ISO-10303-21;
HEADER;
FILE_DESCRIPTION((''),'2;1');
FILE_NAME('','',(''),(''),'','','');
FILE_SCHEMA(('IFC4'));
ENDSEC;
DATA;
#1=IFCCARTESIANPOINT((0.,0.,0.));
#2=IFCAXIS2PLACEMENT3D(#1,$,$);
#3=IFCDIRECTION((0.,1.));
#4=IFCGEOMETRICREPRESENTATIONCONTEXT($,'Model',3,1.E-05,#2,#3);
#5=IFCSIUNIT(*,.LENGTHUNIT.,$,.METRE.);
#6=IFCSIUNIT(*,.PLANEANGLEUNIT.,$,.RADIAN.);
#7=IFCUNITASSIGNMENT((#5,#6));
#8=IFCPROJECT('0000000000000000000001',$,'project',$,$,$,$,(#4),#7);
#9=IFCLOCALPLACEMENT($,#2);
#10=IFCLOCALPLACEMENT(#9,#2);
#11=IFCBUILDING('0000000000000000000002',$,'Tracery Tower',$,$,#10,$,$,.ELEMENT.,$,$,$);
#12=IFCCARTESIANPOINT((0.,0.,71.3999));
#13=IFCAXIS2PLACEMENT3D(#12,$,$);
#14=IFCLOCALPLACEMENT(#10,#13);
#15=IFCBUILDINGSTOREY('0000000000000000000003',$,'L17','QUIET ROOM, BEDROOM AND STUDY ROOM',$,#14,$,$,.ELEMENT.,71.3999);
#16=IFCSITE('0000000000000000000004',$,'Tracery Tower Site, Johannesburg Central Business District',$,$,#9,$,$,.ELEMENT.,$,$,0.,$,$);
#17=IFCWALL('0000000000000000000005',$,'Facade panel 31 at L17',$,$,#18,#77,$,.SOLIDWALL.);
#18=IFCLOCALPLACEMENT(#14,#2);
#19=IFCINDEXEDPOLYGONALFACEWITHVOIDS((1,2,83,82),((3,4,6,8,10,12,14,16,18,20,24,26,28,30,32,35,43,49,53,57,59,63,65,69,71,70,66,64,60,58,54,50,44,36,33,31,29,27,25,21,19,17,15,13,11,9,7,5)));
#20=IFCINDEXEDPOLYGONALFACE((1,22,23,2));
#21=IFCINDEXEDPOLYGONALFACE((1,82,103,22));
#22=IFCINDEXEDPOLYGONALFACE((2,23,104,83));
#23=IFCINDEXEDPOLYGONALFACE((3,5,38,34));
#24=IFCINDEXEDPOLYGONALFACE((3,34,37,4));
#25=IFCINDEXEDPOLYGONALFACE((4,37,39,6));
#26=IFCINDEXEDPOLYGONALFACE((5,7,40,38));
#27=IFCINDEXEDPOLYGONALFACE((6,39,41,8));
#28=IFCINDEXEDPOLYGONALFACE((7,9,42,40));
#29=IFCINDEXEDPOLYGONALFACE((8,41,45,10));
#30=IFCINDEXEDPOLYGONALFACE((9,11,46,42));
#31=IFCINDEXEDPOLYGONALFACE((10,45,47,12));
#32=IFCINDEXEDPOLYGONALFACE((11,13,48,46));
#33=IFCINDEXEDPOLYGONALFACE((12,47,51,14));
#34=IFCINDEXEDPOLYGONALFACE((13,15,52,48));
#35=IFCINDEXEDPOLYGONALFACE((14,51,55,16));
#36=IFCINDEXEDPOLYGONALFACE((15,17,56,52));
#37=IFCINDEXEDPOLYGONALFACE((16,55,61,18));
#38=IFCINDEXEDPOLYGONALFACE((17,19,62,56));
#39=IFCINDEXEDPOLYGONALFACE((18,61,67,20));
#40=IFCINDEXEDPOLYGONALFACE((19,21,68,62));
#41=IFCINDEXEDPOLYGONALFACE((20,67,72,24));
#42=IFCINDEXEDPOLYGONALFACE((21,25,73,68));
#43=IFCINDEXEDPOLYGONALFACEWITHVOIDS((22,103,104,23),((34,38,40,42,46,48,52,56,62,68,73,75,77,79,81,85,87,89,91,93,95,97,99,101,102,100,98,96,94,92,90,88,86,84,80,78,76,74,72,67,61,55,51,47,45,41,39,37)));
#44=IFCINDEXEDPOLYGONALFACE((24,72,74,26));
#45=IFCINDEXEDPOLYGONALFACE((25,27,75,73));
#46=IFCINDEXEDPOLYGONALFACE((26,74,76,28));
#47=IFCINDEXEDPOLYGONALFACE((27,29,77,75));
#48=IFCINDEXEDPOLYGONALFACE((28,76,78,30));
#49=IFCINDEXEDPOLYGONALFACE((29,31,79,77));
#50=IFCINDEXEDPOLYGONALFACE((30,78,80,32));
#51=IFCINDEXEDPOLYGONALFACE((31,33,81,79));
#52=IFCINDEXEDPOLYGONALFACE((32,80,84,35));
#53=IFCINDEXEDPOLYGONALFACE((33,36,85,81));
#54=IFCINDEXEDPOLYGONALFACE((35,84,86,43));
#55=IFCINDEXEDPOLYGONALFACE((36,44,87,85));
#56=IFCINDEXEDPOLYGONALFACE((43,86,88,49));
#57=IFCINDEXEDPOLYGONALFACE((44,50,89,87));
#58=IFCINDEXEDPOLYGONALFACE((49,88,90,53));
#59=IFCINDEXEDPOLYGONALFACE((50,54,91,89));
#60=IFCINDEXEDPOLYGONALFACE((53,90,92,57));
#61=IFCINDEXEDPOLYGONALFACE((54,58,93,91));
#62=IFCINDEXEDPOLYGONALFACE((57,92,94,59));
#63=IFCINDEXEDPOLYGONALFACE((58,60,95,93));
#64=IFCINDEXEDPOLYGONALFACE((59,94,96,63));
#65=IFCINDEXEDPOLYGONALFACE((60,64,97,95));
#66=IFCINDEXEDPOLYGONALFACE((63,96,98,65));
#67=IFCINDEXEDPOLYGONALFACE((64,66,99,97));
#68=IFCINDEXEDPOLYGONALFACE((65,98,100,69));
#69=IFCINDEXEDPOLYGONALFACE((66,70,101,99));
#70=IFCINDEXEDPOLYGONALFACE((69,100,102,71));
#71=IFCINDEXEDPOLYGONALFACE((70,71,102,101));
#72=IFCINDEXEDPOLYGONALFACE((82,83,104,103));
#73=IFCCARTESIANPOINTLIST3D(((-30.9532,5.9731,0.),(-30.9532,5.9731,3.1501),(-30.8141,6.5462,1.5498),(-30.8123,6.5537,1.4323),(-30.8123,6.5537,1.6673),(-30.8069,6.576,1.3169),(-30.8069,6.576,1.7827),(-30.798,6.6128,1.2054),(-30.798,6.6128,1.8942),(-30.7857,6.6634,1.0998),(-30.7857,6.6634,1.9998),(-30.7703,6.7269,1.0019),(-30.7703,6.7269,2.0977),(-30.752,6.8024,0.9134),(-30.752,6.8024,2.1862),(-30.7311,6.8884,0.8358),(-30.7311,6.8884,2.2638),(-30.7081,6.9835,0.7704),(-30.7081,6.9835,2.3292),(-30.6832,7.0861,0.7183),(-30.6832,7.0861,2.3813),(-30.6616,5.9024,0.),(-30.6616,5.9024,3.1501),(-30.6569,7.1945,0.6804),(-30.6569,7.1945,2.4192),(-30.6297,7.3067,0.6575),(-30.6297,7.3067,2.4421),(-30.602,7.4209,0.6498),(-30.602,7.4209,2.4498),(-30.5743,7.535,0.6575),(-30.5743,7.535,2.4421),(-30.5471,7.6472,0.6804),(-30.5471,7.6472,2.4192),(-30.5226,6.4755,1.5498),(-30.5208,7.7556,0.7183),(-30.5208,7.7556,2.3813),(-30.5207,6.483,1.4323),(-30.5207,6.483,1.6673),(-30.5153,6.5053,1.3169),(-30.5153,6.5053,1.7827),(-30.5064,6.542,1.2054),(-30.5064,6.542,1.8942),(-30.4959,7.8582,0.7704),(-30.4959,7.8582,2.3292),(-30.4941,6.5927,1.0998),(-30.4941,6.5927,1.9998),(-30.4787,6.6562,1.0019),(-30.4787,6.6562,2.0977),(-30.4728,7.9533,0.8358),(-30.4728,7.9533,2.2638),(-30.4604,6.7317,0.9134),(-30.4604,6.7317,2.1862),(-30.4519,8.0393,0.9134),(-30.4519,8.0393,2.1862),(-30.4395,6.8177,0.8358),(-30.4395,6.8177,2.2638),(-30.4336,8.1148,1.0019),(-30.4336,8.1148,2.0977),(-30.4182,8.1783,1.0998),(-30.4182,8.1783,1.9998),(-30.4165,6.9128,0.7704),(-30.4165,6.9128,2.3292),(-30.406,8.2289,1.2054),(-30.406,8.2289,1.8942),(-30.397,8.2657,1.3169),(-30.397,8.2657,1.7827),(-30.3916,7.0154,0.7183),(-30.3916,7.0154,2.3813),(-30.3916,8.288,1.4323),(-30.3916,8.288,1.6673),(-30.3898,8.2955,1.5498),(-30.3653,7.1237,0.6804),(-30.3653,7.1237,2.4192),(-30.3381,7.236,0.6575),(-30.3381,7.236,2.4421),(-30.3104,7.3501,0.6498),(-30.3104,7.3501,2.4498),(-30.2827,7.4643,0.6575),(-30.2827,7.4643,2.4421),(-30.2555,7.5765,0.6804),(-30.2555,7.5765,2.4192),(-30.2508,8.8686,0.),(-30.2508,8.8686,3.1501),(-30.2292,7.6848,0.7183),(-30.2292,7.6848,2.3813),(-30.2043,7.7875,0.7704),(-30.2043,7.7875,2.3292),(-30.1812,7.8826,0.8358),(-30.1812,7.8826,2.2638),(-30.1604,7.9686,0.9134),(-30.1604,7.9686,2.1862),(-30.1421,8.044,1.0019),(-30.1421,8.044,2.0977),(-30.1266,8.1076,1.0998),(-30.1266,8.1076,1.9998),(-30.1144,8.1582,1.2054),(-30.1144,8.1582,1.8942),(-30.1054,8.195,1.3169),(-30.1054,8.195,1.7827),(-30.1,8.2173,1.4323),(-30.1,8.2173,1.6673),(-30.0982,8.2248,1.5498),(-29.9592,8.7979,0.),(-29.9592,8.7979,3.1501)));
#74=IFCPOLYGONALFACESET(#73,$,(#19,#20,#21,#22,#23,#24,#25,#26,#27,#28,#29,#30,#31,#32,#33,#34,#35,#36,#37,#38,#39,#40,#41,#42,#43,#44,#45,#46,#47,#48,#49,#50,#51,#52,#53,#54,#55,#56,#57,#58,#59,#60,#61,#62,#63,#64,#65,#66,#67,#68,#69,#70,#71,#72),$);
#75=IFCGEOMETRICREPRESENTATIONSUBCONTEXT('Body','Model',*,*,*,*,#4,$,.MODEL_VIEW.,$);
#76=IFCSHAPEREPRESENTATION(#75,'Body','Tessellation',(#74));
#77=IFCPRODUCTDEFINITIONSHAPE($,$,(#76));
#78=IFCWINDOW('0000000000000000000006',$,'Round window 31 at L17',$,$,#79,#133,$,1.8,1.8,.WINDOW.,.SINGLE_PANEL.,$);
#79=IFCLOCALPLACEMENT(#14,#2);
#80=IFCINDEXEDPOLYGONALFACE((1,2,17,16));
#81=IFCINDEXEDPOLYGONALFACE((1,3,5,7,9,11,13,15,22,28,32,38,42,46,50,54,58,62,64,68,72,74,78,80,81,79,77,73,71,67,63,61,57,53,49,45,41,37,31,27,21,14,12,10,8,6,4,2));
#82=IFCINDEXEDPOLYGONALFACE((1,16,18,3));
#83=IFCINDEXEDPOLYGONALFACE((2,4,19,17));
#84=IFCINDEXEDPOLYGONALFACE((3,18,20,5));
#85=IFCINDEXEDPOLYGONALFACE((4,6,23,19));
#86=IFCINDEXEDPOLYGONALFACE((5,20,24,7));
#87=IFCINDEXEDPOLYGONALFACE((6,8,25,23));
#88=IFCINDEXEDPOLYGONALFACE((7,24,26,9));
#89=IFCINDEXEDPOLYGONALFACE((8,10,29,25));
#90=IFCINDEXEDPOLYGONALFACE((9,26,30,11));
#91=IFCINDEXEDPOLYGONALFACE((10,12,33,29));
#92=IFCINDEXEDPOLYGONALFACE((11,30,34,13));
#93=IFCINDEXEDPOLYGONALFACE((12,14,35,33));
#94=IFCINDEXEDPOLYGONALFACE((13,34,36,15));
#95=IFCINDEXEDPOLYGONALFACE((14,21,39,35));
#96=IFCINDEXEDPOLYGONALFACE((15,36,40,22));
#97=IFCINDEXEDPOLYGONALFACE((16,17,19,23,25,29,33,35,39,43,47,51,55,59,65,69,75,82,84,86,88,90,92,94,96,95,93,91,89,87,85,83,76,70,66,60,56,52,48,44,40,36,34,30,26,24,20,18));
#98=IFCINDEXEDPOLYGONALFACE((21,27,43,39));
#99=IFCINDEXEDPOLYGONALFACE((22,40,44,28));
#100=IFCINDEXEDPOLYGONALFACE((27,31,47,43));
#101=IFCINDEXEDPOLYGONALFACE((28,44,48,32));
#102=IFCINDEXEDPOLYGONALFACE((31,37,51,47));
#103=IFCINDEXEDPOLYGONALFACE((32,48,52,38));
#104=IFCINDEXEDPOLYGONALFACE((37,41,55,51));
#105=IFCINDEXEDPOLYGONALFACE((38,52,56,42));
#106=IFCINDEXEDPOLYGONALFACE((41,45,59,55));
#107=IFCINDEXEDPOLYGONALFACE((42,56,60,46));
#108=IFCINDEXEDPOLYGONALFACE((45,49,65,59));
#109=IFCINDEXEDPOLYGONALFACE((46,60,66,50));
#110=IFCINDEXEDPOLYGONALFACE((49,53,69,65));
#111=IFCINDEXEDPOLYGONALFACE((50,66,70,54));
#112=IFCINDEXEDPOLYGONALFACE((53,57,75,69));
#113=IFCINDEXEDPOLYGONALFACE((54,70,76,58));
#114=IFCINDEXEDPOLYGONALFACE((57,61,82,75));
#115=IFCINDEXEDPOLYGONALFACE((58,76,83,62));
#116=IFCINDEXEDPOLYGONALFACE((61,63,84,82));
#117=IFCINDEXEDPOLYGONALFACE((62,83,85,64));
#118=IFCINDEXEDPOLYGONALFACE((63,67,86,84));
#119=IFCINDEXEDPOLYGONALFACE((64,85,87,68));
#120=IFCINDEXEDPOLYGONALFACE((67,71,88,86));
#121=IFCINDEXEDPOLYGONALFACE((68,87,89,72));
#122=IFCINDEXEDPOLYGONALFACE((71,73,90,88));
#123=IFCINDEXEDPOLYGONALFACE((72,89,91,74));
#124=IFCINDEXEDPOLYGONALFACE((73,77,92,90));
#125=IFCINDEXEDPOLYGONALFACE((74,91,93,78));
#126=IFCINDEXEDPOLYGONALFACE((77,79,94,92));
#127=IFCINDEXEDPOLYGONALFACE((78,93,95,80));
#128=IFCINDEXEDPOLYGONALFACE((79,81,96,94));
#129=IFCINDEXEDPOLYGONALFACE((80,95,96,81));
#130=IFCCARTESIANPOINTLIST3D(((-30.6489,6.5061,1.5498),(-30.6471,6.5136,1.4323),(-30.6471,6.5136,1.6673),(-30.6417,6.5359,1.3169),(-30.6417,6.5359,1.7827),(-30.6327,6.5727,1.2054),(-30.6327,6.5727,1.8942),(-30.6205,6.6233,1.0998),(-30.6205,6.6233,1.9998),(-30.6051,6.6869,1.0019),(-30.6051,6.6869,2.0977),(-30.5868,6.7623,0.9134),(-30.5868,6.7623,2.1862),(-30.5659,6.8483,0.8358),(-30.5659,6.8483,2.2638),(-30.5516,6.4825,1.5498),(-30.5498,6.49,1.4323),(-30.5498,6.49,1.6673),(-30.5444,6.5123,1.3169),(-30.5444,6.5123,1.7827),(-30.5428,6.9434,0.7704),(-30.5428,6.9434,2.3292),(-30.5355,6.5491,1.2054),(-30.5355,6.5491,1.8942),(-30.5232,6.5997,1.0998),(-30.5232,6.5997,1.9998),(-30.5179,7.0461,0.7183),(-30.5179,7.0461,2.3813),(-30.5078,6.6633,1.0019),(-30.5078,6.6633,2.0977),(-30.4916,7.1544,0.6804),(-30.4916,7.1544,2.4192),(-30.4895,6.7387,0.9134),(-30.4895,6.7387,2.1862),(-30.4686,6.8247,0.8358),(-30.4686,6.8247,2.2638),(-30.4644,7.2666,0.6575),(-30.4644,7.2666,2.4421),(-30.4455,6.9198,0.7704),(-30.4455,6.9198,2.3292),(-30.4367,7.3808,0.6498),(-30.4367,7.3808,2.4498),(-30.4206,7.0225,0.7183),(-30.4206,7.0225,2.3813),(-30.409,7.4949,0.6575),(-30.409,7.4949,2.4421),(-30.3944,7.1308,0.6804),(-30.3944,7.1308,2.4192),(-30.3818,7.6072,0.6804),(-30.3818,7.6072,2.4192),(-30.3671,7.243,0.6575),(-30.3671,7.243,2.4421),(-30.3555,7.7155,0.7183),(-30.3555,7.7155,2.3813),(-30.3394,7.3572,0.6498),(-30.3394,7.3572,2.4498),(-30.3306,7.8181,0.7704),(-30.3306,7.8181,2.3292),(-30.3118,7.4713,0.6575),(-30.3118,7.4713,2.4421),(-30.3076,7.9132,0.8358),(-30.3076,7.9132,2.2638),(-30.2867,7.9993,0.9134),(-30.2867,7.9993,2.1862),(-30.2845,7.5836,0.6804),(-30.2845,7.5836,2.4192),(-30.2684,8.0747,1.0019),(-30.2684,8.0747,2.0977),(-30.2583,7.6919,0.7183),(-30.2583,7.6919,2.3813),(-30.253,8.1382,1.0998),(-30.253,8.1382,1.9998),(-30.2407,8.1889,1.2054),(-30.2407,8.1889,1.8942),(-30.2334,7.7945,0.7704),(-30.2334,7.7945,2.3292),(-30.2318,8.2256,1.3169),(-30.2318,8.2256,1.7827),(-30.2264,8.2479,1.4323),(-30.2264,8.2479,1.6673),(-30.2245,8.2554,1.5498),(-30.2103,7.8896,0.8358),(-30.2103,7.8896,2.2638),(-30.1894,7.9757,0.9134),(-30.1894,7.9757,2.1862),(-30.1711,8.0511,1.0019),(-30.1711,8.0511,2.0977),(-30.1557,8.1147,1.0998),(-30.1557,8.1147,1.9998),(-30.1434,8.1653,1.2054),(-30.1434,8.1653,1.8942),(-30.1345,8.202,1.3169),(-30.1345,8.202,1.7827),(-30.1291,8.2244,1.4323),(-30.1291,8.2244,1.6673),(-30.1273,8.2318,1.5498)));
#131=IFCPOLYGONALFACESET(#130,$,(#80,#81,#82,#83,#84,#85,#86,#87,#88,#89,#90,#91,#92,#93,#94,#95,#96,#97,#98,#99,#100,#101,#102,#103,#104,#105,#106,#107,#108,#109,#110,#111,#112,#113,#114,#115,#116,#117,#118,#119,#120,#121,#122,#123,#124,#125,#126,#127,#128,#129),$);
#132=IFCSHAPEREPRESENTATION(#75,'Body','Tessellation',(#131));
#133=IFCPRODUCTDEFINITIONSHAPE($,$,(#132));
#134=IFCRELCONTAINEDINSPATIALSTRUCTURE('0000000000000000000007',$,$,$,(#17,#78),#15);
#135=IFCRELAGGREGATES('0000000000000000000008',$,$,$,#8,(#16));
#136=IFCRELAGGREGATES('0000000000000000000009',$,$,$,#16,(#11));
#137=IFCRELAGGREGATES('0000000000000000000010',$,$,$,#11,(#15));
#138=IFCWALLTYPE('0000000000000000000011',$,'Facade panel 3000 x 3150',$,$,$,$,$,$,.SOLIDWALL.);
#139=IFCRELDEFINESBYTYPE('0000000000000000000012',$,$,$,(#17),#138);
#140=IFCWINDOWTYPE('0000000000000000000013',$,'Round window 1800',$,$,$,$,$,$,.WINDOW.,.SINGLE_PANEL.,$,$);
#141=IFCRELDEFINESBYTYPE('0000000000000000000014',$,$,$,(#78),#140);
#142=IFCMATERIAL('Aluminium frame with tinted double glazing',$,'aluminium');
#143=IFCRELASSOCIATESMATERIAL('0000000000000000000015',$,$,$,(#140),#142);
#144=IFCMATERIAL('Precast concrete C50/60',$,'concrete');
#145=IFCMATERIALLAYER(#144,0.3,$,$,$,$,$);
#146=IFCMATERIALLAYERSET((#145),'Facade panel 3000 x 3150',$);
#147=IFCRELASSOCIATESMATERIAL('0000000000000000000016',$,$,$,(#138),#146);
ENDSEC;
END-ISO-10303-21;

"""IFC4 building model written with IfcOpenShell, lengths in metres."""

from ifc_helpers import new_model, si_unit, direction, frame, frame_2d, origin, origin_2d, place, context, subcontext, project, spatial, rectangle, circle, extrude, material, layer, layer_set, type_object, element, fill, save


model = new_model("IFC4")

# Units and contexts
model_context = context("Model", 3, precision=1e-05, world=origin(), true_north=direction((0.0, 1.0)))
body_context = subcontext(model_context, "Body", "Model", "MODEL_VIEW")
ifc_project = project(units=[si_unit("LENGTHUNIT", "METRE"), si_unit("PLANEANGLEUNIT", "RADIAN")], contexts=[model_context])

# Site, building, storey
site_placement = place(None, origin())
site = spatial("IfcSite", under=ifc_project, at=site_placement, Name="Tracery Tower Site, Johannesburg Central Business District", CompositionType="ELEMENT", RefElevation=0.0)
building_placement = place(site_placement, origin())
building = spatial("IfcBuilding", under=site, at=building_placement, Name="Tracery Tower", CompositionType="ELEMENT")
storey_placement = place(building_placement, frame((0.0, 0.0, 71.3999)))
storey = spatial("IfcBuildingStorey", under=building, at=storey_placement, Name="L17", Description="QUIET ROOM, BEDROOM AND STUDY ROOM", CompositionType="ELEMENT", Elevation=71.3999)

# Wall, opening, window
ifc_material_1 = material(Name="Aluminium frame with tinted double glazing", Category="aluminium")
window_type = type_object("IfcWindowType", Name="Round window 1800", PartitioningType="SINGLE_PANEL", PredefinedType="WINDOW", material=ifc_material_1)
ifc_material_2 = material(Name="Precast concrete C50/60", Category="concrete")
ifc_layer_1 = layer(ifc_material_2, 0.3)
ifc_layer_set_1 = layer_set([ifc_layer_1], Name="Facade panel 3000 x 3150")
wall_type_1 = type_object("IfcWallType", Name="Facade panel 3000 x 3150", PredefinedType="SOLIDWALL", material=ifc_layer_set_1)
wall_1_placement = place(storey_placement, frame((-30.105, 8.8333, 0.0), z_axis=(0.0, 0.0, 1.0), x_axis=(-0.235743, -0.971815, 0.0)))
wall_1 = element("IfcWall", 1, at=wall_1_placement, inside=storey, type_object=wall_type_1, Name="Facade panel 31 at L17", PredefinedType="SOLIDWALL", context=body_context, shape_type="SweptSolid", body=[
    extrude(rectangle(XDim=2.9795, YDim=0.3, at=frame_2d((1.4897, 0.0))), origin(), (0.0, 0.0, 1.0), 3.1501),
])
opening_1_placement = place(wall_1_placement, frame((1.4897, 0.0, 1.5498)))
opening_1 = element("IfcOpeningElement", 2, at=opening_1_placement, cuts=wall_1, PredefinedType="OPENING", context=body_context, shape_type="SweptSolid", body=[
    extrude(circle(Radius=0.9, at=origin_2d()), frame((0.0, 0.1599, 0.0), z_axis=(0.0, -1.0, 0.0), x_axis=(1.0, 0.0, 0.0)), (0.0, 0.0, 1.0), 0.3201),
])
window_1_placement = place(opening_1_placement, origin())
window_1 = element("IfcWindow", 3, at=window_1_placement, inside=storey, type_object=window_type, Name="Round window 31 at L17", OverallHeight=1.8, OverallWidth=1.8, PartitioningType="SINGLE_PANEL", PredefinedType="WINDOW", context=body_context, shape_type="SweptSolid", body=[
    extrude(circle(Radius=0.9, at=origin_2d()), frame((0.0, 0.1201, 0.0), z_axis=(0.0, -1.0, 0.0), x_axis=(1.0, 0.0, 0.0)), (0.0, 0.0, 1.0), 0.1001),
])
fill(opening_1, window_1)

save(model, "model.ifc")
